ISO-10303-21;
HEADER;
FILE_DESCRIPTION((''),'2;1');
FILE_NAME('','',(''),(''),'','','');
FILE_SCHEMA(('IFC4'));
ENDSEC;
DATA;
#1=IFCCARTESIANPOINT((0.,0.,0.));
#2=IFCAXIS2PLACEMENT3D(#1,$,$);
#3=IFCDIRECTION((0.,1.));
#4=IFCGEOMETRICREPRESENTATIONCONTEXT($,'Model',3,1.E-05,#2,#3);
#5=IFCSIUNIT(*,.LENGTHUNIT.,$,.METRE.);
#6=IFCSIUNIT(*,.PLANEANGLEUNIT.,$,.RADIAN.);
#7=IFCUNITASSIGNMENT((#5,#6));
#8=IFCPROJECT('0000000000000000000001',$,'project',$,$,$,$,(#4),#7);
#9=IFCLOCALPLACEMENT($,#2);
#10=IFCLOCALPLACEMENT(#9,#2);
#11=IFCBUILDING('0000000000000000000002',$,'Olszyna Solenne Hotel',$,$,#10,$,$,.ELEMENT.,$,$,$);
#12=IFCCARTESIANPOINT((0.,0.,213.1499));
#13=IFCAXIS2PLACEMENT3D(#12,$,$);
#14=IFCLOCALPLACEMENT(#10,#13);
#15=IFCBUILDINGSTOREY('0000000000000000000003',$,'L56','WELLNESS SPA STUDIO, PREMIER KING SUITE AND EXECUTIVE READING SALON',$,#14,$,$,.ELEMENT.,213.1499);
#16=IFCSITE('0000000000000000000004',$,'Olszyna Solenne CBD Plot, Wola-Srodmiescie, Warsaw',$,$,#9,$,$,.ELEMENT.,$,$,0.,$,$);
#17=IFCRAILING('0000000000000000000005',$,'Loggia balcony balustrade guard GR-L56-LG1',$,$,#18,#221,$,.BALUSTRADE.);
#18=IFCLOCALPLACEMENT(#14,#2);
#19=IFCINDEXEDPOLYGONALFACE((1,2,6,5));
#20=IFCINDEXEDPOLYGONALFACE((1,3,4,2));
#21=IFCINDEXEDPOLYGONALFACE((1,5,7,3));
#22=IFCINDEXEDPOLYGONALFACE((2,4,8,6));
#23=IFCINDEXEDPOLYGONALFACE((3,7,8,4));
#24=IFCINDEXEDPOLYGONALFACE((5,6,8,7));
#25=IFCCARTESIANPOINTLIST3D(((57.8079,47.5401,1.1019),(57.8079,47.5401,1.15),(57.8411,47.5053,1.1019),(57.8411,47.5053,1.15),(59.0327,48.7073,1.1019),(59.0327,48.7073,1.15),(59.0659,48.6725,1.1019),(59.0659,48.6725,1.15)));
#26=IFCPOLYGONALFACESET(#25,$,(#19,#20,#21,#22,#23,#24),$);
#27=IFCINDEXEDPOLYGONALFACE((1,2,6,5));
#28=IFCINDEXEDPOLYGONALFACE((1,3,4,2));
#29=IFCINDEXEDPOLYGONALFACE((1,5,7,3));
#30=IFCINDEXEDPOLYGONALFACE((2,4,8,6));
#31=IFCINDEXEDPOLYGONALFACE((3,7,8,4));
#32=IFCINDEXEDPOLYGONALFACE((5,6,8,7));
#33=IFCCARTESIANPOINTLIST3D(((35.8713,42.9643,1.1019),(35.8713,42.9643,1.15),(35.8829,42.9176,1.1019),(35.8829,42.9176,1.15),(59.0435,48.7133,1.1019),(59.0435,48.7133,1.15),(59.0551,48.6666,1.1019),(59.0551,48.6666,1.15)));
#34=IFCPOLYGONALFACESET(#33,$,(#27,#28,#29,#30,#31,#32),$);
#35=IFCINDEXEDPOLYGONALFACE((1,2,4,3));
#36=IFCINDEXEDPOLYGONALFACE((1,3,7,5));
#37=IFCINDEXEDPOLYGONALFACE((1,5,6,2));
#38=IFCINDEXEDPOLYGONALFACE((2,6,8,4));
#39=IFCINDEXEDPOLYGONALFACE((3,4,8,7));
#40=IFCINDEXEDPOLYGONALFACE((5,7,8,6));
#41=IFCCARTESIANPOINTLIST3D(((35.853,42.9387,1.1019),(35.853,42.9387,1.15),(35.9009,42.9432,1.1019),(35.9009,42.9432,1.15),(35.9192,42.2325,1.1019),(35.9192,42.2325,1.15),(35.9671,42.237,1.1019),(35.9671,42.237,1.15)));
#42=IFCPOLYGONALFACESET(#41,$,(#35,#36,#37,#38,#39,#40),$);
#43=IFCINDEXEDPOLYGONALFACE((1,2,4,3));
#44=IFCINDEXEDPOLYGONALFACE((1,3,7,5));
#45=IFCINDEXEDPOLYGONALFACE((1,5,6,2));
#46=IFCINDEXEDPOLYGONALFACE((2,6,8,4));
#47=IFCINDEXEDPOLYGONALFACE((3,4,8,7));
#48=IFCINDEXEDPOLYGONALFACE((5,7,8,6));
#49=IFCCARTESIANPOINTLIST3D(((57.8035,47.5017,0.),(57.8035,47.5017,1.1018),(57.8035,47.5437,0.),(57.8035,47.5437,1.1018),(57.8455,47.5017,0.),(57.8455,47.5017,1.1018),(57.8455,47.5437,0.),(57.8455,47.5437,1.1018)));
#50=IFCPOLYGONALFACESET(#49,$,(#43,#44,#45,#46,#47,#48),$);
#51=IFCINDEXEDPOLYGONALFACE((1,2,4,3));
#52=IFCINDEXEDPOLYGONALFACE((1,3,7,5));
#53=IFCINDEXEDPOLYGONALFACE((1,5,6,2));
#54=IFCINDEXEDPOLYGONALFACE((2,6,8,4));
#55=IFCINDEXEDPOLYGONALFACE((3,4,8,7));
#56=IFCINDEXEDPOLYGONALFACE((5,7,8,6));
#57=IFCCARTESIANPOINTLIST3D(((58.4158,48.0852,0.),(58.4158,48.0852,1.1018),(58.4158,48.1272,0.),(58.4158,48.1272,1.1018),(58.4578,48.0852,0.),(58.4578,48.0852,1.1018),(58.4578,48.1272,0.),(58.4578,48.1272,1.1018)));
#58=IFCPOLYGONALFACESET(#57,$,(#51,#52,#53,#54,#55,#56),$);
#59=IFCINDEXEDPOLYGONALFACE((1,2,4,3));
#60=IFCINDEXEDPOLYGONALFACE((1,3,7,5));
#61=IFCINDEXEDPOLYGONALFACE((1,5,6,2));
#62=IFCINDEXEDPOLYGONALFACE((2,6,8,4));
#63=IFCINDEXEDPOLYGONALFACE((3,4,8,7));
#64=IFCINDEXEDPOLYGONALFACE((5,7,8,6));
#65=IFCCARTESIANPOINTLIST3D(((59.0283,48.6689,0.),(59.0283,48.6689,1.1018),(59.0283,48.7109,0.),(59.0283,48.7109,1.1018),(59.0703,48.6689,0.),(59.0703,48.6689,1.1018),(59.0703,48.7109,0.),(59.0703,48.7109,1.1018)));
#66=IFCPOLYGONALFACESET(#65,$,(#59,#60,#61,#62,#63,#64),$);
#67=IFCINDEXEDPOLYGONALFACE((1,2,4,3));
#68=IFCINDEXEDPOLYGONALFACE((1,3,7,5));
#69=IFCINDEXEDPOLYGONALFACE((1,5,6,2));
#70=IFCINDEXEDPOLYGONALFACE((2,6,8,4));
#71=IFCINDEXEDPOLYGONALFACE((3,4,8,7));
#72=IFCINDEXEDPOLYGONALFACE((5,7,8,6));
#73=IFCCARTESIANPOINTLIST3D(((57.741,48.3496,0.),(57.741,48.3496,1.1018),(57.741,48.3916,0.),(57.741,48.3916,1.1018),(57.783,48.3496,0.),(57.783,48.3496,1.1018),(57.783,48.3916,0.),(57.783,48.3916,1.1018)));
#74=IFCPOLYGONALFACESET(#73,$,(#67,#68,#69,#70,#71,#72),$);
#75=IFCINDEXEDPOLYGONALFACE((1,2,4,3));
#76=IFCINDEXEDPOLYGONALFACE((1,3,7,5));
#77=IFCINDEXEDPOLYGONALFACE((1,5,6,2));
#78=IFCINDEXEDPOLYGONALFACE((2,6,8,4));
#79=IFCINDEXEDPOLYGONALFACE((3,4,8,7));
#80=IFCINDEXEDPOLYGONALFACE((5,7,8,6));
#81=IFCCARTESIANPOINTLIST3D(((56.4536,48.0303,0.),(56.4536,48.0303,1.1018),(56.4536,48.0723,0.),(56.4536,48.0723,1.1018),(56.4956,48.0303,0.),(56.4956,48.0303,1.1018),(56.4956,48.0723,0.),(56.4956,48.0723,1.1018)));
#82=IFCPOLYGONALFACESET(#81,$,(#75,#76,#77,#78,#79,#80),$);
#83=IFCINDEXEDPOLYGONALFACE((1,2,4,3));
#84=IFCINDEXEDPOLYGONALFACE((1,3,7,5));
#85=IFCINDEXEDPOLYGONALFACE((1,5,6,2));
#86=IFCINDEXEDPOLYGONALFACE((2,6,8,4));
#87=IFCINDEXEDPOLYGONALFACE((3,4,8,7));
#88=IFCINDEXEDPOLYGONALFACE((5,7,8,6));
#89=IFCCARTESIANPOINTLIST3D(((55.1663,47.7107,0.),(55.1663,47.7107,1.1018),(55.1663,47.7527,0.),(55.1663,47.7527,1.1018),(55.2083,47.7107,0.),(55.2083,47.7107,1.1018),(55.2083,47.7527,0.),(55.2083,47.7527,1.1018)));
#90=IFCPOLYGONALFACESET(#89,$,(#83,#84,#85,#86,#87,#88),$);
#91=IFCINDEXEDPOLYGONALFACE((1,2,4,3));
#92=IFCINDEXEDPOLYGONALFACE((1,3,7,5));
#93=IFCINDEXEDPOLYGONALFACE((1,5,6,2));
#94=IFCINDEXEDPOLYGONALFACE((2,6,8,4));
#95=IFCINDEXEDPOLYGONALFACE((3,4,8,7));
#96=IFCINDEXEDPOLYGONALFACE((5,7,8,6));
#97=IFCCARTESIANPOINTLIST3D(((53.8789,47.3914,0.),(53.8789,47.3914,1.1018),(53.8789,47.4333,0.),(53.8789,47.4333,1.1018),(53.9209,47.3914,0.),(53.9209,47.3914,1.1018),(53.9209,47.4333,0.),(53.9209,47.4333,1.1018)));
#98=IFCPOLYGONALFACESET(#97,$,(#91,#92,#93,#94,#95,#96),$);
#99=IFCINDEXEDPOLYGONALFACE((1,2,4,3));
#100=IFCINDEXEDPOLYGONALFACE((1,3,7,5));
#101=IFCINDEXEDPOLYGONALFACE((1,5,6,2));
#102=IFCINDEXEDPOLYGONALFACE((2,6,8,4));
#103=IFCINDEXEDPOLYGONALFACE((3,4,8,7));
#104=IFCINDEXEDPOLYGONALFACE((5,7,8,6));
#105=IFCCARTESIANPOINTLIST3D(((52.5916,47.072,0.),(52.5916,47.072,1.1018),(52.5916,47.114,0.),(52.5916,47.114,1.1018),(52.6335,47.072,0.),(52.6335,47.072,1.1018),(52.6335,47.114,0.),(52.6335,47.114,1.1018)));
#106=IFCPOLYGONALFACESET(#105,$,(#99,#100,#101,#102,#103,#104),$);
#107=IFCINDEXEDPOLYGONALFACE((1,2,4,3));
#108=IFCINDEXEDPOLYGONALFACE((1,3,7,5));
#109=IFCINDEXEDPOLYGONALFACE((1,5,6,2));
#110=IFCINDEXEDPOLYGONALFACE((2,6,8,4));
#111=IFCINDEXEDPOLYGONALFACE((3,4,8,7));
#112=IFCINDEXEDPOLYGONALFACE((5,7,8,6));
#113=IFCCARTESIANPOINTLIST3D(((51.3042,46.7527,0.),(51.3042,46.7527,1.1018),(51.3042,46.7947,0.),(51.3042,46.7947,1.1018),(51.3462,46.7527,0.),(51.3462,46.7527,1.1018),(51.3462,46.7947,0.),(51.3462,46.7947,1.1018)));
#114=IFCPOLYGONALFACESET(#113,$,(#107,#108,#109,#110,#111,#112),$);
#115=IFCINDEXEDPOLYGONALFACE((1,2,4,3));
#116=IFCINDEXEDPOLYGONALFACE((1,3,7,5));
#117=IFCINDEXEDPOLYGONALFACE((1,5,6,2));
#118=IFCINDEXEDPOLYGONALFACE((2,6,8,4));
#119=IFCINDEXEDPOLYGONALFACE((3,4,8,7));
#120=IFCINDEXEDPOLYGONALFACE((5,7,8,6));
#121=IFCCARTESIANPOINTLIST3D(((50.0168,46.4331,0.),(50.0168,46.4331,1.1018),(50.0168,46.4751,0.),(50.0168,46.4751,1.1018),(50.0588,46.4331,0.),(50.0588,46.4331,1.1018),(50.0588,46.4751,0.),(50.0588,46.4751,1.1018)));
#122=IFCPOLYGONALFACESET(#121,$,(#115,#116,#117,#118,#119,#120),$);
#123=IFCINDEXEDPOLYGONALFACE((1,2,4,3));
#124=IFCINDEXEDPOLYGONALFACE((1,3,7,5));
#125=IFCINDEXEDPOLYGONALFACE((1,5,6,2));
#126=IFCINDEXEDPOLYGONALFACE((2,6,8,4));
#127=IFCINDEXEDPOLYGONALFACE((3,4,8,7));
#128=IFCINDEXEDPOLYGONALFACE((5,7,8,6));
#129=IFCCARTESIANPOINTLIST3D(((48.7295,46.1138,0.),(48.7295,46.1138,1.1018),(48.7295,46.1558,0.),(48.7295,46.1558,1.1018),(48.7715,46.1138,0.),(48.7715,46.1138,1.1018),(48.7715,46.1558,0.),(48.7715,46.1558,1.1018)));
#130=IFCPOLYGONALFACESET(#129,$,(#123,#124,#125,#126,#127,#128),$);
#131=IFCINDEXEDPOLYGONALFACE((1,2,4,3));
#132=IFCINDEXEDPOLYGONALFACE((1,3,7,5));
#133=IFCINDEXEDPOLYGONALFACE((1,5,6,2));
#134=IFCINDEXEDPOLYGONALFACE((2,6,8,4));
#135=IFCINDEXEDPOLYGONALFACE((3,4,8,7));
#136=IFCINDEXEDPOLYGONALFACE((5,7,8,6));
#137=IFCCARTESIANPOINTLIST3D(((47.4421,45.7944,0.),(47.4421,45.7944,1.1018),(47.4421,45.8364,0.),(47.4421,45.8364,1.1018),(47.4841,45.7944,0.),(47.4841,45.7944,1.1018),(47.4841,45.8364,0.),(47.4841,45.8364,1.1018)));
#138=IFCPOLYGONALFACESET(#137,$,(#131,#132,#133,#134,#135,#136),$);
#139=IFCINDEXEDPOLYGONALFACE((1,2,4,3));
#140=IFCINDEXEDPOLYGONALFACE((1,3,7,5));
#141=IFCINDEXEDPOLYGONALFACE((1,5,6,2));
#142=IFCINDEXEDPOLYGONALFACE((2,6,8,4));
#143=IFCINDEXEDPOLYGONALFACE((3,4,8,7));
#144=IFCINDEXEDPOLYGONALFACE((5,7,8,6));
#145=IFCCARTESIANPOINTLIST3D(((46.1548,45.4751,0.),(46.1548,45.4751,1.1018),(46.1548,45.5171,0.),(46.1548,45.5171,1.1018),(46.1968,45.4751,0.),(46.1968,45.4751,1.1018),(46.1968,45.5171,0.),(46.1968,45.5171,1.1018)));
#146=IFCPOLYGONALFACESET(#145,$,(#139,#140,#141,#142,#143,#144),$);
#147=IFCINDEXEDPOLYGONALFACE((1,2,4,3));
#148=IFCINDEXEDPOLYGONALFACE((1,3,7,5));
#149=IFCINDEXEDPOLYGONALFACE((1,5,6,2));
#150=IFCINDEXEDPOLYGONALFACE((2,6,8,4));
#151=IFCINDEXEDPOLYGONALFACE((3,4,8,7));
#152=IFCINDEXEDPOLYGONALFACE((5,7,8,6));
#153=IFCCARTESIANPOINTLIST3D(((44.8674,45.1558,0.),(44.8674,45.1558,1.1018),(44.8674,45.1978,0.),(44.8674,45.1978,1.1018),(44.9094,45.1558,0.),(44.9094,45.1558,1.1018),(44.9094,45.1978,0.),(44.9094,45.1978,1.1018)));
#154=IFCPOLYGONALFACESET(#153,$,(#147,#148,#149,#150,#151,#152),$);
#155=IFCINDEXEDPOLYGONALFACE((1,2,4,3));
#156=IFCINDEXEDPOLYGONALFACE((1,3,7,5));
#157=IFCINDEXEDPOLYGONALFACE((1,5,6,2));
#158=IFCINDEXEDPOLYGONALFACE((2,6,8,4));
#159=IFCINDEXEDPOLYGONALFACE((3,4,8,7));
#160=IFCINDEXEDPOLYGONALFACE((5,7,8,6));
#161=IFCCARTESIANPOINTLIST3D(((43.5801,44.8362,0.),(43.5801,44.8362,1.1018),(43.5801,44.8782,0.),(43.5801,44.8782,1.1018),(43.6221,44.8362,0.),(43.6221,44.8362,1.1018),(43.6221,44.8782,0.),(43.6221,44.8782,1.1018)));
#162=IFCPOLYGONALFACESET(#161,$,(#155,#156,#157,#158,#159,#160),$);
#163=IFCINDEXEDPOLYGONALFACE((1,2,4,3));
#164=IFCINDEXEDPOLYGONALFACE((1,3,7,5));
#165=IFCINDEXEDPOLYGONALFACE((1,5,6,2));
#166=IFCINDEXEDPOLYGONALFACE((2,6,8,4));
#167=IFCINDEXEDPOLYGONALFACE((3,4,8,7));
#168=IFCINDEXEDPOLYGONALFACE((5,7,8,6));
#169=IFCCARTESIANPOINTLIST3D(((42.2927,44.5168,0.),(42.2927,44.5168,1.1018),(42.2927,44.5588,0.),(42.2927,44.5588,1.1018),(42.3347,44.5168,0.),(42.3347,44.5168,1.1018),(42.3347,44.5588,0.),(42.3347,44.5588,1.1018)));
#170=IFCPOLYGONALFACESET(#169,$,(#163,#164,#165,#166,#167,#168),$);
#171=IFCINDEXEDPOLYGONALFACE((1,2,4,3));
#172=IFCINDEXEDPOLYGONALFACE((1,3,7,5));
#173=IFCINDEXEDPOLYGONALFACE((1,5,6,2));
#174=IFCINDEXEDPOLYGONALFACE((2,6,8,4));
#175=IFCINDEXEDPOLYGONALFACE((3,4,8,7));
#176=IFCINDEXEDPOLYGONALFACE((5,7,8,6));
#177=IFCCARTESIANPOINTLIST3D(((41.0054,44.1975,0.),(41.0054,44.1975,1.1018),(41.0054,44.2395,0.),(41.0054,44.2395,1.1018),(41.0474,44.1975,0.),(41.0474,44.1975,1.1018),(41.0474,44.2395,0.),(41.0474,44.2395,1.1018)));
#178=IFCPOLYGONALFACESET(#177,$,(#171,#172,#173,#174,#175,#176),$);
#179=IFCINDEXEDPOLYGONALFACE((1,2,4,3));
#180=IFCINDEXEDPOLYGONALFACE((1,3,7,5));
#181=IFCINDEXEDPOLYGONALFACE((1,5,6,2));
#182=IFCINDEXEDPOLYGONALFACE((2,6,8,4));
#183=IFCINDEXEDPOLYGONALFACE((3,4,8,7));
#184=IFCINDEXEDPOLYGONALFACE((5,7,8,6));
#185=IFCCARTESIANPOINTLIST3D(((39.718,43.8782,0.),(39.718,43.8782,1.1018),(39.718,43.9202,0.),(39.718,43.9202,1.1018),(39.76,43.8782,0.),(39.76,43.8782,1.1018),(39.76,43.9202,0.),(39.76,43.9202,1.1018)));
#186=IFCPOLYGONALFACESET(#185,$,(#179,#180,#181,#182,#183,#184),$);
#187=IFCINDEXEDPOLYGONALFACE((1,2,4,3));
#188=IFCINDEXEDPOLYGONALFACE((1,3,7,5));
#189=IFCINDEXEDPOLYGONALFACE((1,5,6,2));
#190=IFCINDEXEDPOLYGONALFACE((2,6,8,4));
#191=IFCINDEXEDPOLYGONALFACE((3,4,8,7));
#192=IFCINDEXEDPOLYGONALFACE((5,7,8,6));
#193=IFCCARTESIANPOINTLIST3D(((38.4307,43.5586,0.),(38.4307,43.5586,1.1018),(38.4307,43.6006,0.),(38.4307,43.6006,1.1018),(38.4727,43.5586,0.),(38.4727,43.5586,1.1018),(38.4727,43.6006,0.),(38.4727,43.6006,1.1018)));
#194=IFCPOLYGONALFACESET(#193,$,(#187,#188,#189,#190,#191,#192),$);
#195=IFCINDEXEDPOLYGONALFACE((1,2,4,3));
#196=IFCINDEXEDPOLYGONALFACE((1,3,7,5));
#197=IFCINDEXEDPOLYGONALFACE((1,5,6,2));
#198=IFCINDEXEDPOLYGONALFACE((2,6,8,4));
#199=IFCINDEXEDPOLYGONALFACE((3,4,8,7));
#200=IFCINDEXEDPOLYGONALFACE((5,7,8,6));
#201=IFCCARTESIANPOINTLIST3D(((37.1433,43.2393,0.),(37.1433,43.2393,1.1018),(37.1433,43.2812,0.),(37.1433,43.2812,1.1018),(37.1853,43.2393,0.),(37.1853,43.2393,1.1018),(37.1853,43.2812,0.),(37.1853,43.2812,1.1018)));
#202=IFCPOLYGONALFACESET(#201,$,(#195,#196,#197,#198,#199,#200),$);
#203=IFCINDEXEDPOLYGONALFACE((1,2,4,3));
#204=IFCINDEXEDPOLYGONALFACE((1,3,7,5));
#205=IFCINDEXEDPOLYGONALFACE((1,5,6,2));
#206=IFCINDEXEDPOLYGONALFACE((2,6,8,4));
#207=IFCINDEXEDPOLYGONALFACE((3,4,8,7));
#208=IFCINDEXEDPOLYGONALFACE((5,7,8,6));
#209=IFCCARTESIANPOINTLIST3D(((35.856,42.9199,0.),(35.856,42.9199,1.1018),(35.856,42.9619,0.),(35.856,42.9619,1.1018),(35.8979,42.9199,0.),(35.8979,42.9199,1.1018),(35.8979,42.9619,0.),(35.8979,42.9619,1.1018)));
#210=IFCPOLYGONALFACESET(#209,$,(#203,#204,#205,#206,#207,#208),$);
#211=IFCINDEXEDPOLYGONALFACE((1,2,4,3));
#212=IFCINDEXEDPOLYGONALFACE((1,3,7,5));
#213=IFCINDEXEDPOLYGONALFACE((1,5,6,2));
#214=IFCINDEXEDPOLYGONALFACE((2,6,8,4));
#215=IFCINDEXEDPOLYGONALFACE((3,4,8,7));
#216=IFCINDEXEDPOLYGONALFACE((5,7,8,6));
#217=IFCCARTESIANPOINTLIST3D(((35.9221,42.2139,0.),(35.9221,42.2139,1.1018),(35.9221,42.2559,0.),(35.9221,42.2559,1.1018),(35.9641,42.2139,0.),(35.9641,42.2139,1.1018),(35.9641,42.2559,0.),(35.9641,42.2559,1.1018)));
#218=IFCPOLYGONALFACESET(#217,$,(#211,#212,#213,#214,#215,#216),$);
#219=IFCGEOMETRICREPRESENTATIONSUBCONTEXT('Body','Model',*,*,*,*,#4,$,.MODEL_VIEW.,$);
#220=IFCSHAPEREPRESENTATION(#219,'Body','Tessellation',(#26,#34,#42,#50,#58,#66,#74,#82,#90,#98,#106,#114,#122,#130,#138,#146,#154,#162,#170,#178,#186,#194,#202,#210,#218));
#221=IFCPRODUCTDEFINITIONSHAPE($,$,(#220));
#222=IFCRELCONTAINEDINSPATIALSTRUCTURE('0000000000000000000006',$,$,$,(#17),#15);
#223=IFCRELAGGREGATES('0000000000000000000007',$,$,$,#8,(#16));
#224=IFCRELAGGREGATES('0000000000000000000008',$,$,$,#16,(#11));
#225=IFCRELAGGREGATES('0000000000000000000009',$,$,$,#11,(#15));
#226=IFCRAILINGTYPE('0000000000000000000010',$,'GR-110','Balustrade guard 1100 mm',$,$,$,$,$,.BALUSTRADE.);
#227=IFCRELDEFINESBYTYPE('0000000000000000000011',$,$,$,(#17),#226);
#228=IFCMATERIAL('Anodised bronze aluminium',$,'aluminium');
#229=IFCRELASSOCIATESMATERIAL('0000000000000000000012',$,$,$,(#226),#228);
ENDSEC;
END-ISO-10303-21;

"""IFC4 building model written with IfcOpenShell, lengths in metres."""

from ifc_helpers import new_model, si_unit, direction, frame, origin, origin_2d, place, context, subcontext, project, spatial, rectangle, extrude, material, type_object, element, save


model = new_model("IFC4")

# Units and contexts
model_context = context("Model", 3, precision=1e-05, world=origin(), true_north=direction((0.0, 1.0)))
body_context = subcontext(model_context, "Body", "Model", "MODEL_VIEW")
ifc_project = project(units=[si_unit("LENGTHUNIT", "METRE"), si_unit("PLANEANGLEUNIT", "RADIAN")], contexts=[model_context])

# Site, building, storey
site_placement = place(None, origin())
site = spatial("IfcSite", under=ifc_project, at=site_placement, Name="Olszyna Solenne CBD Plot, Wola-Srodmiescie, Warsaw", CompositionType="ELEMENT", RefElevation=0.0)
building_placement = place(site_placement, origin())
building = spatial("IfcBuilding", under=site, at=building_placement, Name="Olszyna Solenne Hotel", CompositionType="ELEMENT")
storey_placement = place(building_placement, frame((0.0, 0.0, 213.1499)))
storey = spatial("IfcBuildingStorey", under=building, at=storey_placement, Name="L56", Description="WELLNESS SPA STUDIO, PREMIER KING SUITE AND EXECUTIVE READING SALON", CompositionType="ELEMENT", Elevation=213.1499)

# Railing
ifc_material_1 = material(Name="Anodised bronze aluminium", Category="aluminium")
railing_type = type_object("IfcRailingType", Name="GR-110", Description="Balustrade guard 1100 mm", PredefinedType="BALUSTRADE", material=ifc_material_1)
railing_placement = place(storey_placement, frame((57.8245, 47.5227, 0.0)))
element("IfcRailing", 1, at=railing_placement, inside=storey, type_object=railing_type, Name="Loggia balcony balustrade guard GR-L56-LG1", PredefinedType="BALUSTRADE", context=body_context, shape_type="SweptSolid", body=[
    extrude(rectangle(XDim=0.0481, YDim=0.0481, at=origin_2d()), frame((0.0, 0.0, 1.126), z_axis=(0.723929, 0.689875, 0.0), x_axis=(-0.689875, 0.723929, 0.0)), (0.0, 0.0, 1.0), 1.6919),
    extrude(rectangle(XDim=0.0481, YDim=0.0481, at=origin_2d()), frame((1.2249, 1.1672, 1.126), z_axis=(-0.970575, -0.240798, 0.0), x_axis=(0.240798, -0.970575, 0.0)), (0.0, 0.0, 1.0), 23.8748),
    extrude(rectangle(XDim=0.0481, YDim=0.0481, at=origin_2d()), frame((-21.9475, -4.5818, 1.126), z_axis=(0.093298, -0.995638, 0.0), x_axis=(0.995638, 0.093298, 0.0)), (0.0, 0.0, 1.0), 0.7092),
    extrude(rectangle(XDim=0.042, YDim=0.042, at=origin_2d()), origin(), (0.0, 0.0, 1.0), 1.1018),
    extrude(rectangle(XDim=0.042, YDim=0.042, at=origin_2d()), frame((0.6123, 0.5835, 0.0)), (0.0, 0.0, 1.0), 1.1018),
    extrude(rectangle(XDim=0.042, YDim=0.042, at=origin_2d()), frame((1.2249, 1.1672, 0.0)), (0.0, 0.0, 1.0), 1.1018),
    extrude(rectangle(XDim=0.042, YDim=0.042, at=origin_2d()), frame((-0.0625, 0.8479, 0.0)), (0.0, 0.0, 1.0), 1.1018),
    extrude(rectangle(XDim=0.042, YDim=0.042, at=origin_2d()), frame((-1.3499, 0.5286, 0.0)), (0.0, 0.0, 1.0), 1.1018),
    extrude(rectangle(XDim=0.042, YDim=0.042, at=origin_2d()), frame((-2.6372, 0.209, 0.0)), (0.0, 0.0, 1.0), 1.1018),
    extrude(rectangle(XDim=0.042, YDim=0.042, at=origin_2d()), frame((-3.9246, -0.1104, 0.0)), (0.0, 0.0, 1.0), 1.1018),
    extrude(rectangle(XDim=0.042, YDim=0.042, at=origin_2d()), frame((-5.2119, -0.4297, 0.0)), (0.0, 0.0, 1.0), 1.1018),
    extrude(rectangle(XDim=0.042, YDim=0.042, at=origin_2d()), frame((-6.4993, -0.749, 0.0)), (0.0, 0.0, 1.0), 1.1018),
    extrude(rectangle(XDim=0.042, YDim=0.042, at=origin_2d()), frame((-7.7866, -1.0686, 0.0)), (0.0, 0.0, 1.0), 1.1018),
    extrude(rectangle(XDim=0.042, YDim=0.042, at=origin_2d()), frame((-9.074, -1.3879, 0.0)), (0.0, 0.0, 1.0), 1.1018),
    extrude(rectangle(XDim=0.042, YDim=0.042, at=origin_2d()), frame((-10.3613, -1.7073, 0.0)), (0.0, 0.0, 1.0), 1.1018),
    extrude(rectangle(XDim=0.042, YDim=0.042, at=origin_2d()), frame((-11.6487, -2.0266, 0.0)), (0.0, 0.0, 1.0), 1.1018),
    extrude(rectangle(XDim=0.042, YDim=0.042, at=origin_2d()), frame((-12.936, -2.3459, 0.0)), (0.0, 0.0, 1.0), 1.1018),
    extrude(rectangle(XDim=0.042, YDim=0.042, at=origin_2d()), frame((-14.2234, -2.6655, 0.0)), (0.0, 0.0, 1.0), 1.1018),
    extrude(rectangle(XDim=0.042, YDim=0.042, at=origin_2d()), frame((-15.5107, -2.9849, 0.0)), (0.0, 0.0, 1.0), 1.1018),
    extrude(rectangle(XDim=0.042, YDim=0.042, at=origin_2d()), frame((-16.7981, -3.3042, 0.0)), (0.0, 0.0, 1.0), 1.1018),
    extrude(rectangle(XDim=0.042, YDim=0.042, at=origin_2d()), frame((-18.0854, -3.6235, 0.0)), (0.0, 0.0, 1.0), 1.1018),
    extrude(rectangle(XDim=0.042, YDim=0.042, at=origin_2d()), frame((-19.3728, -3.9431, 0.0)), (0.0, 0.0, 1.0), 1.1018),
    extrude(rectangle(XDim=0.042, YDim=0.042, at=origin_2d()), frame((-20.6602, -4.2625, 0.0)), (0.0, 0.0, 1.0), 1.1018),
    extrude(rectangle(XDim=0.042, YDim=0.042, at=origin_2d()), frame((-21.9475, -4.5818, 0.0)), (0.0, 0.0, 1.0), 1.1018),
    extrude(rectangle(XDim=0.042, YDim=0.042, at=origin_2d()), frame((-21.8813, -5.2878, 0.0)), (0.0, 0.0, 1.0), 1.1018),
])

save(model, "model.ifc")
